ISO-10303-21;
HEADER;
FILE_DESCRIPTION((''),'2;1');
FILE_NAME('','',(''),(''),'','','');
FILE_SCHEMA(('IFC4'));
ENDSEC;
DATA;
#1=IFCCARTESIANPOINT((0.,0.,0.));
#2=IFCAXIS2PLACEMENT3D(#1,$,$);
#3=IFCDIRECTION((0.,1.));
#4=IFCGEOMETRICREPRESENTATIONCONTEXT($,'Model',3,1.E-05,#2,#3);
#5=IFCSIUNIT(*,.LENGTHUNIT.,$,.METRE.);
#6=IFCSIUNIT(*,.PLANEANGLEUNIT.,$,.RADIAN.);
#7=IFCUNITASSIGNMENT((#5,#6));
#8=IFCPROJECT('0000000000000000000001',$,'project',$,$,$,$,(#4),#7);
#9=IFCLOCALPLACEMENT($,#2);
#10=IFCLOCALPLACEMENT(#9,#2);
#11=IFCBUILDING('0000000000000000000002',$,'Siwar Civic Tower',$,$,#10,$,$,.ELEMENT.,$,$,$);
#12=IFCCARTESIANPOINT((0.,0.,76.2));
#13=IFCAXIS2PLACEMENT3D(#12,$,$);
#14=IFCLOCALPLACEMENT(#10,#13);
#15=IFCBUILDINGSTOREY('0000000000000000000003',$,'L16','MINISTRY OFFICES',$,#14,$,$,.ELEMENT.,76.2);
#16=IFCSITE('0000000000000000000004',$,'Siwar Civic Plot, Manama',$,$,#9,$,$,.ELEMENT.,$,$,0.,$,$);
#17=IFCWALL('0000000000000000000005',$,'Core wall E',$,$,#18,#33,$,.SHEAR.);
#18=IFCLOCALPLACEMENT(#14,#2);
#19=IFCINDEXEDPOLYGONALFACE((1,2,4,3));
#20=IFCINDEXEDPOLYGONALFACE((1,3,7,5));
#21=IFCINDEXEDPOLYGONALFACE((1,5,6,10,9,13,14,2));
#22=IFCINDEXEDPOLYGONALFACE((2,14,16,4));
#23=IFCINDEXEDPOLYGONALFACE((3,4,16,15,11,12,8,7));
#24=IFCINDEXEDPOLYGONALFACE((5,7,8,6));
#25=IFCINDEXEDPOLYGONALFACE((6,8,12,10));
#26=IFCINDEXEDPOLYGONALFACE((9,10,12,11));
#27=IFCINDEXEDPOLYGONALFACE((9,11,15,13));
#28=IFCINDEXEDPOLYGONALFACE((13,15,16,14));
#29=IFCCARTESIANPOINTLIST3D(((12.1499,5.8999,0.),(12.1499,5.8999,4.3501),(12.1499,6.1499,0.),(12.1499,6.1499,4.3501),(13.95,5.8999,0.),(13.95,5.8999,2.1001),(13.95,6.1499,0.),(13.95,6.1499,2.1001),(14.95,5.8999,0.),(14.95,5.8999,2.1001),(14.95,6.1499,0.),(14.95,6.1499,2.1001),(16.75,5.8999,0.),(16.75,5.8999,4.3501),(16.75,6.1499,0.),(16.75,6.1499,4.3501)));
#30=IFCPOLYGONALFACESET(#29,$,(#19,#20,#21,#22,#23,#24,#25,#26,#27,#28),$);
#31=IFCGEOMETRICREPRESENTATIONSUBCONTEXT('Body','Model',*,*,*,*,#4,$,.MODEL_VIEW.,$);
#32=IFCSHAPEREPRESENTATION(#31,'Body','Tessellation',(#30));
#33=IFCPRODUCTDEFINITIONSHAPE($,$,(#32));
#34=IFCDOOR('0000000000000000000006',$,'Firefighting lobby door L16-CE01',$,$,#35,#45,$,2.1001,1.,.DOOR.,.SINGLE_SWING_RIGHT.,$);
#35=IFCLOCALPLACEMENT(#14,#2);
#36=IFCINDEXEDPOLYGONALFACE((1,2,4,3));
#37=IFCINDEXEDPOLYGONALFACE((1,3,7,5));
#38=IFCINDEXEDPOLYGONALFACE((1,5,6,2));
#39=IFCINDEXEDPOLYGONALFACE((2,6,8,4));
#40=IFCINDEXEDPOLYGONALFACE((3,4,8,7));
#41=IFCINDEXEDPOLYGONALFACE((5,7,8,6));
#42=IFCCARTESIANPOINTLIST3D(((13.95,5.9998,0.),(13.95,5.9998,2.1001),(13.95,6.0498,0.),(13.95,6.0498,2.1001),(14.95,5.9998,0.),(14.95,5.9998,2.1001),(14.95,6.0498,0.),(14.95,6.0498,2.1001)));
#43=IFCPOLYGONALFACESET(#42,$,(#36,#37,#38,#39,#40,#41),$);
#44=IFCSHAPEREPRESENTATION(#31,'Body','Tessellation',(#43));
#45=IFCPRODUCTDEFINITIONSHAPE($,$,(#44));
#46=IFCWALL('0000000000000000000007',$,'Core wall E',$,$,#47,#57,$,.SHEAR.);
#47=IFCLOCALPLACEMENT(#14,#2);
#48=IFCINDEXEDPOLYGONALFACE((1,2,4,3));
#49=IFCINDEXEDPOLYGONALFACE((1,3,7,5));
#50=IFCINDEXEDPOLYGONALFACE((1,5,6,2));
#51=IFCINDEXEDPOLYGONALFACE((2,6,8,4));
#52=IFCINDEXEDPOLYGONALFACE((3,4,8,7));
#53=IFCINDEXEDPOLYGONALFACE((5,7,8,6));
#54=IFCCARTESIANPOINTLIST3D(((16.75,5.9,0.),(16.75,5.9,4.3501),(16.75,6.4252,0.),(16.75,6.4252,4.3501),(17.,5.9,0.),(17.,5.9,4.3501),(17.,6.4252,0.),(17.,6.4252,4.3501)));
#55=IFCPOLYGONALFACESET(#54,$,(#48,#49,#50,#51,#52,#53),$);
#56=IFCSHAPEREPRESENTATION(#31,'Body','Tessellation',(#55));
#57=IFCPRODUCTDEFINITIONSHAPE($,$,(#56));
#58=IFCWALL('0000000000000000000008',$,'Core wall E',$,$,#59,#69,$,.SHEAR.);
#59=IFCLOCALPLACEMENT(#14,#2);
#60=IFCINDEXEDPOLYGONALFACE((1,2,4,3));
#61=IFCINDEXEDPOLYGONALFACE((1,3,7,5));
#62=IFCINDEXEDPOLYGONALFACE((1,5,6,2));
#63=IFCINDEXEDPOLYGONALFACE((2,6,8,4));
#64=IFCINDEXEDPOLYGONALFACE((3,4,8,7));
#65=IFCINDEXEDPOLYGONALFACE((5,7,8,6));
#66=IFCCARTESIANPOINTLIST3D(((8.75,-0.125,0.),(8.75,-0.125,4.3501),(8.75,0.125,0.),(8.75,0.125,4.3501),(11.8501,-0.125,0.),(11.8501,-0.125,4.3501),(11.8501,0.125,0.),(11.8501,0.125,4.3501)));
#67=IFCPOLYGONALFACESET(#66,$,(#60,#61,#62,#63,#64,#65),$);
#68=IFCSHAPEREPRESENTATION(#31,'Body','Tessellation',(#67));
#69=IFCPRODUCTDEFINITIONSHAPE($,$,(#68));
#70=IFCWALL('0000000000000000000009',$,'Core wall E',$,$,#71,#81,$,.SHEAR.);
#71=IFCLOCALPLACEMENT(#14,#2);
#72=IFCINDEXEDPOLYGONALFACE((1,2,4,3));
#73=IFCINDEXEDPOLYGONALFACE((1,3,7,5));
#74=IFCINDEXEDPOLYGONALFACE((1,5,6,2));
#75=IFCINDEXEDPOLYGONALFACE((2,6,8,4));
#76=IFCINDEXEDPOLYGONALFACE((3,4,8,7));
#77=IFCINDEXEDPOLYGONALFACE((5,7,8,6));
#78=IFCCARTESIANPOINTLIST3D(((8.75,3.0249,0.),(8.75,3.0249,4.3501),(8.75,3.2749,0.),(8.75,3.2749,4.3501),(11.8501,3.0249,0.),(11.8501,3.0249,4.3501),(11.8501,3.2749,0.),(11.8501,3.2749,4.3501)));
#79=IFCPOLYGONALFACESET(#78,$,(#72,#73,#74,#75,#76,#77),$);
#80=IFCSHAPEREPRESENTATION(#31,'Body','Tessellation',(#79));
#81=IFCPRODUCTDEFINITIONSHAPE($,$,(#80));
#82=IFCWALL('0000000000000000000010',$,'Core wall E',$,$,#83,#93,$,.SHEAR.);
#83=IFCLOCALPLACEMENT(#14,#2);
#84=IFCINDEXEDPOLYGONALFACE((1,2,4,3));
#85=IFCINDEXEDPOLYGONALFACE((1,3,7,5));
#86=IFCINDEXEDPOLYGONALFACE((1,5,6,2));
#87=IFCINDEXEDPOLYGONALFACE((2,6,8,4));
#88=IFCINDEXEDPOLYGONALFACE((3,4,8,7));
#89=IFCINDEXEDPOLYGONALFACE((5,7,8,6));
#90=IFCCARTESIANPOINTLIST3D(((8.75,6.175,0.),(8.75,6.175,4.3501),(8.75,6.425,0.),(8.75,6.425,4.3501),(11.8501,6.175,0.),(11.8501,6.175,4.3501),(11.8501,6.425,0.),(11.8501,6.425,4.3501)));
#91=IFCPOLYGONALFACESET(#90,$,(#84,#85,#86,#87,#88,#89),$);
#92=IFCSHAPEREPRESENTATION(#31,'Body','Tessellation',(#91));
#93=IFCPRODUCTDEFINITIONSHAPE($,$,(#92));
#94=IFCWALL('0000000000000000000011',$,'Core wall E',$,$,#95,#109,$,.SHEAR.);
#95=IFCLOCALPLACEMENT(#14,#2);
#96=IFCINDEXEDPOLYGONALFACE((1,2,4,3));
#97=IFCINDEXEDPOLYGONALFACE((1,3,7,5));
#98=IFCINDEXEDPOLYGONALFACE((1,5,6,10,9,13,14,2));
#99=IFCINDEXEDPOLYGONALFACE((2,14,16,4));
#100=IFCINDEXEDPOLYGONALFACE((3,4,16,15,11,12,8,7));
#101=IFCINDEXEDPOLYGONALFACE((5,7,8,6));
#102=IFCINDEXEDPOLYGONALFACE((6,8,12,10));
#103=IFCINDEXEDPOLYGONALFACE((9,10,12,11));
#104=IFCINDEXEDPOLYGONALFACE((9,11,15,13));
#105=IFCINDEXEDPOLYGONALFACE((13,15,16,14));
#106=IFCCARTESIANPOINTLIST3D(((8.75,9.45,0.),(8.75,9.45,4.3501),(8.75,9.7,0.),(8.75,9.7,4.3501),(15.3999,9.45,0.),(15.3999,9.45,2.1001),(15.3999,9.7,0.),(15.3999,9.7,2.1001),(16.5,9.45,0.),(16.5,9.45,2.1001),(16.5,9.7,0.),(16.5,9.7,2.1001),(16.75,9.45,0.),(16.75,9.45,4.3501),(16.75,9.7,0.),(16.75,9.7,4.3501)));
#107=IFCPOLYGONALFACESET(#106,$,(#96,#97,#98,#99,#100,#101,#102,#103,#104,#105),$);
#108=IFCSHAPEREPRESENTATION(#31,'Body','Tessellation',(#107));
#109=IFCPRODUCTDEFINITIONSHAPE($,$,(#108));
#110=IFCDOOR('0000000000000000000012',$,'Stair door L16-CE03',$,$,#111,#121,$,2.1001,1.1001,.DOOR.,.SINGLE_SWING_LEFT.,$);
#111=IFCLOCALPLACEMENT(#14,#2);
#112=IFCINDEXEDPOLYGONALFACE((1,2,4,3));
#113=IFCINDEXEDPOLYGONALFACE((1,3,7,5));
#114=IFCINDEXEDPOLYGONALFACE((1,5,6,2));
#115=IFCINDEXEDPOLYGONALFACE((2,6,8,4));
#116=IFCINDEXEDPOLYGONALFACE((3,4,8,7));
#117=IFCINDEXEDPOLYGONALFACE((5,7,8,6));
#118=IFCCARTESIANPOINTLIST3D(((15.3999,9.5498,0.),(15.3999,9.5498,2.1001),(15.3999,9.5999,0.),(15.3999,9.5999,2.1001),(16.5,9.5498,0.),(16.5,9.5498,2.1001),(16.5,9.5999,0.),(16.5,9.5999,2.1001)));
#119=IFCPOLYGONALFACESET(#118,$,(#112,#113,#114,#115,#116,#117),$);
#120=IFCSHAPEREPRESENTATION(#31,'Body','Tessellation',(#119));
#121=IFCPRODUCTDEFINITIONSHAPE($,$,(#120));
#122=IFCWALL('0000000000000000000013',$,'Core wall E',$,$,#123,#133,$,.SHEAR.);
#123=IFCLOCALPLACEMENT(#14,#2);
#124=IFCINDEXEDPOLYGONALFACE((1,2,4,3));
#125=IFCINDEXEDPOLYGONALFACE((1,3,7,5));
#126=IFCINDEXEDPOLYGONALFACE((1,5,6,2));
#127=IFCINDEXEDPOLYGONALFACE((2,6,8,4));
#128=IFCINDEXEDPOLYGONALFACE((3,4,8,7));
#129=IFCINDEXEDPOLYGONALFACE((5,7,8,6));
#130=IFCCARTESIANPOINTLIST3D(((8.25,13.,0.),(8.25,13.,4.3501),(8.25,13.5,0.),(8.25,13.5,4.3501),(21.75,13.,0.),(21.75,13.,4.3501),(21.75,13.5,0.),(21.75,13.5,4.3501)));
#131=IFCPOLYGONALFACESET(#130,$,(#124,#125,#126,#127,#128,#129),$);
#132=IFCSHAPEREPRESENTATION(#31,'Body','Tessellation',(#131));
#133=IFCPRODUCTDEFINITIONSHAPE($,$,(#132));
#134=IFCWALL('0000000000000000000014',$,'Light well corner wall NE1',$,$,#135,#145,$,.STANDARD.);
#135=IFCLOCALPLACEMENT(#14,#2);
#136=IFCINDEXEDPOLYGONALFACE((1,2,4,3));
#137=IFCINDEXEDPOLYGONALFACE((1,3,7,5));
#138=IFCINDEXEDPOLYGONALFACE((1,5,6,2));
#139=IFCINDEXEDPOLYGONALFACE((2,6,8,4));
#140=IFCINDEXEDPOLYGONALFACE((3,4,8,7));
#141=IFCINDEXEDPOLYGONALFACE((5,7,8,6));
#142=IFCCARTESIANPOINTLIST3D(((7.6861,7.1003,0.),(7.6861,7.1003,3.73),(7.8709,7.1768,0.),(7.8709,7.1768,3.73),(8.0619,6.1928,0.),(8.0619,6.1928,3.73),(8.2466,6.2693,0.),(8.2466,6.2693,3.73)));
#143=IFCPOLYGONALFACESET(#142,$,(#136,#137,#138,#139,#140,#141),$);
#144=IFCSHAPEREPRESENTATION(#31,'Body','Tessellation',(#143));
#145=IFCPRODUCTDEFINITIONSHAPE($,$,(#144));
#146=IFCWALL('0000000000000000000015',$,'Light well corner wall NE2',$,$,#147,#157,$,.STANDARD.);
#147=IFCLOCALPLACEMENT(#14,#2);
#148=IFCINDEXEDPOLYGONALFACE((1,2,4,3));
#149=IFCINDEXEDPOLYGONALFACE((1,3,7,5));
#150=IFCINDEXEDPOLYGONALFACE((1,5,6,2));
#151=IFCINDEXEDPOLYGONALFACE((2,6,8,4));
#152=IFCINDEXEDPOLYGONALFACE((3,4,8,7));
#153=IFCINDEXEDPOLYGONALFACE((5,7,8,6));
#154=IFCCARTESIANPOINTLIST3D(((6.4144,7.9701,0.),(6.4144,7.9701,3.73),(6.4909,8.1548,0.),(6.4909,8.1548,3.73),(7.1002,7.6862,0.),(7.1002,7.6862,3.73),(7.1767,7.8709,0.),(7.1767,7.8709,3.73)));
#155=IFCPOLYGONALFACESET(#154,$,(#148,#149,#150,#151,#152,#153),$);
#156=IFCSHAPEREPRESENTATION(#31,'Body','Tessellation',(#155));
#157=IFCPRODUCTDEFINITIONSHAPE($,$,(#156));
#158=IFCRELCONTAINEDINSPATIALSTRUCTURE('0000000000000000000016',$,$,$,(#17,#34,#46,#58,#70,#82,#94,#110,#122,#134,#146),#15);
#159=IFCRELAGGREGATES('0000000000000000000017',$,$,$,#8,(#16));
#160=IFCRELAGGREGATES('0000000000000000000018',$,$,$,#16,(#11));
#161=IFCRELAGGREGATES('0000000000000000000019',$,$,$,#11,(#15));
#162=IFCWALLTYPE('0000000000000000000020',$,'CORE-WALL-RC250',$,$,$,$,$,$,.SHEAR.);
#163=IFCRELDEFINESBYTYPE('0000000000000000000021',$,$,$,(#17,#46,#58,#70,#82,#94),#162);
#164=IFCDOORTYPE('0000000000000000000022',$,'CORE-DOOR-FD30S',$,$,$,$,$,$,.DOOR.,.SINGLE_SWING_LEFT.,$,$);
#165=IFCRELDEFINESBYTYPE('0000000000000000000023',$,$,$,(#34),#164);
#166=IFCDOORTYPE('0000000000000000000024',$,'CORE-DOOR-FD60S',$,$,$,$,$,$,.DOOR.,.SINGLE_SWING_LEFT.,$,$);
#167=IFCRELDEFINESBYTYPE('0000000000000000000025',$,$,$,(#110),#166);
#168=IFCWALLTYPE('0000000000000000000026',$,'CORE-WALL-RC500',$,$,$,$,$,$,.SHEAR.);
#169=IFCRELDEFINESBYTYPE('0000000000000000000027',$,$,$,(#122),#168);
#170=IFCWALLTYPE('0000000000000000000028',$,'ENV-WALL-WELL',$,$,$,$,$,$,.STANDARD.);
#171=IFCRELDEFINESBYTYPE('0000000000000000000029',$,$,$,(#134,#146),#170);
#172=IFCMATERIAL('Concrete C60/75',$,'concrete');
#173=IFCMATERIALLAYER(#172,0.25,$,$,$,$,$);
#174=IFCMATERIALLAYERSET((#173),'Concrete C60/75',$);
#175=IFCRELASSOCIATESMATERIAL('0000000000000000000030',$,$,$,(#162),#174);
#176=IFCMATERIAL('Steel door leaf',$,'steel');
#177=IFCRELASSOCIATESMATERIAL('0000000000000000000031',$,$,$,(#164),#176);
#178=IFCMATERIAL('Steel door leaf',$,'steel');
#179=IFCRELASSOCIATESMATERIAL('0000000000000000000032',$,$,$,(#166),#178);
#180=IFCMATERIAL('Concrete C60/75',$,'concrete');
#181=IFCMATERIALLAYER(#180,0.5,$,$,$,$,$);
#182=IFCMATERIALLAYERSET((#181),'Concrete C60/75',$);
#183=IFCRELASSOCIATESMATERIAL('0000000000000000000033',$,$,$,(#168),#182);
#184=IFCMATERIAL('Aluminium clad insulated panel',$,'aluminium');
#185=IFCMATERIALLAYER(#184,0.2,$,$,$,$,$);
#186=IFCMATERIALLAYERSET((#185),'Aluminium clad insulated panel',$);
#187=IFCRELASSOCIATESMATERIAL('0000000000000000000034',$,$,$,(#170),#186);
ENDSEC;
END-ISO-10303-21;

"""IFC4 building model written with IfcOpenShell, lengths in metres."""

from ifc_helpers import new_model, si_unit, direction, frame, frame_2d, origin, place, context, subcontext, project, spatial, rectangle, extrude, material, layer, layer_set, type_object, element, fill, save


model = new_model("IFC4")

# Units and contexts
model_context = context("Model", 3, precision=1e-05, world=origin(), true_north=direction((0.0, 1.0)))
body_context = subcontext(model_context, "Body", "Model", "MODEL_VIEW")
ifc_project = project(units=[si_unit("LENGTHUNIT", "METRE"), si_unit("PLANEANGLEUNIT", "RADIAN")], contexts=[model_context])

# Site, building, storey
site_placement = place(None, origin())
site = spatial("IfcSite", under=ifc_project, at=site_placement, Name="Siwar Civic Plot, Manama", CompositionType="ELEMENT", RefElevation=0.0)
building_placement = place(site_placement, origin())
building = spatial("IfcBuilding", under=site, at=building_placement, Name="Siwar Civic Tower", CompositionType="ELEMENT")
storey_placement = place(building_placement, frame((0.0, 0.0, 76.2)))
storey = spatial("IfcBuildingStorey", under=building, at=storey_placement, Name="L16", Description="MINISTRY OFFICES", CompositionType="ELEMENT", Elevation=76.2)

# Wall, opening, door
ifc_material_1 = material(Name="Concrete C60/75", Category="concrete")
ifc_layer_1 = layer(ifc_material_1, 0.25)
ifc_layer_set_1 = layer_set([ifc_layer_1], Name="Concrete C60/75")
wall_type_1 = type_object("IfcWallType", Name="CORE-WALL-RC250", PredefinedType="SHEAR", material=ifc_layer_set_1)
wall_1_placement = place(storey_placement, frame((12.1499, 6.0249, 0.0), z_axis=(0.0, 0.0, 1.0), x_axis=(1.0, 0.0, 0.0)))
wall_1 = element("IfcWall", 1, at=wall_1_placement, inside=storey, type_object=wall_type_1, Name="Core wall E", PredefinedType="SHEAR", context=body_context, shape_type="SweptSolid", body=[
    extrude(rectangle(XDim=4.6001, YDim=0.25, at=frame_2d((2.3, 0.0))), origin(), (0.0, 0.0, 1.0), 4.3501),
])
opening_1_placement = place(wall_1_placement, frame((1.8, 0.0, 0.0)))
opening_1 = element("IfcOpeningElement", 2, at=opening_1_placement, cuts=wall_1, PredefinedType="OPENING", context=body_context, shape_type="SweptSolid", body=[
    extrude(rectangle(XDim=1.0, YDim=2.1001, at=frame_2d((0.5, 1.05))), frame((0.0, 0.135, 0.0), z_axis=(0.0, -1.0, 0.0), x_axis=(1.0, 0.0, 0.0)), (0.0, 0.0, 1.0), 0.27),
])
ifc_material_2 = material(Name="Steel door leaf", Category="steel")
door_type_1 = type_object("IfcDoorType", Name="CORE-DOOR-FD30S", OperationType="SINGLE_SWING_LEFT", PredefinedType="DOOR", material=ifc_material_2)
door_1_placement = place(opening_1_placement, origin())
door_1 = element("IfcDoor", 3, at=door_1_placement, inside=storey, type_object=door_type_1, Name="Firefighting lobby door L16-CE01", OperationType="SINGLE_SWING_RIGHT", OverallHeight=2.1001, OverallWidth=1.0, PredefinedType="DOOR", context=body_context, shape_type="SweptSolid", body=[
    extrude(rectangle(XDim=1.0, YDim=2.1001, at=frame_2d((0.5, 1.05))), frame((0.0, 0.0249, 0.0), z_axis=(0.0, -1.0, 0.0), x_axis=(1.0, 0.0, 0.0)), (0.0, 0.0, 1.0), 0.05),
])
fill(opening_1, door_1)

# Walls
wall_2_placement = place(storey_placement, frame((16.875, 5.8999, 0.0), z_axis=(0.0, 0.0, 1.0), x_axis=(0.0, 1.0, 0.0)))
element("IfcWall", 4, at=wall_2_placement, inside=storey, type_object=wall_type_1, Name="Core wall E", PredefinedType="SHEAR", context=body_context, shape_type="SweptSolid", body=[
    extrude(rectangle(XDim=0.5251, YDim=0.25, at=frame_2d((0.2627, 0.0))), origin(), (0.0, 0.0, 1.0), 4.3501),
])
for number, where, z_axis, x_axis, name in (
    (5, (8.75, 0.0, 0.0), (0.0, 0.0, 1.0), (1.0, 0.0, 0.0), "Core wall E"),
    (6, (8.75, 3.1499, 0.0), (0.0, 0.0, 1.0), (1.0, 0.0, 0.0), "Core wall E"),
    (7, (8.75, 6.3, 0.0), (0.0, 0.0, 1.0), (1.0, 0.0, 0.0), "Core wall E"),
):
    element("IfcWall", number, at=place(storey_placement, frame(where, z_axis=z_axis, x_axis=x_axis)), inside=storey, type_object=wall_type_1, Name=name, PredefinedType="SHEAR", context=body_context, shape_type="SweptSolid", body=[
        extrude(rectangle(XDim=3.1001, YDim=0.25, at=frame_2d((1.55, 0.0))), origin(), (0.0, 0.0, 1.0), 4.3501),
    ])

# Wall, opening, door
wall_3_placement = place(storey_placement, frame((8.75, 9.575, 0.0), z_axis=(0.0, 0.0, 1.0), x_axis=(1.0, 0.0, 0.0)))
wall_3 = element("IfcWall", 8, at=wall_3_placement, inside=storey, type_object=wall_type_1, Name="Core wall E", PredefinedType="SHEAR", context=body_context, shape_type="SweptSolid", body=[
    extrude(rectangle(XDim=8.0, YDim=0.25, at=frame_2d((4.0, 0.0))), origin(), (0.0, 0.0, 1.0), 4.3501),
])
opening_2_placement = place(wall_3_placement, frame((6.6499, 0.0, 0.0)))
opening_2 = element("IfcOpeningElement", 9, at=opening_2_placement, cuts=wall_3, PredefinedType="OPENING", context=body_context, shape_type="SweptSolid", body=[
    extrude(rectangle(XDim=1.1001, YDim=2.1001, at=frame_2d((0.55, 1.05))), frame((0.0, 0.135, 0.0), z_axis=(0.0, -1.0, 0.0), x_axis=(1.0, 0.0, 0.0)), (0.0, 0.0, 1.0), 0.27),
])
ifc_material_3 = material(Name="Steel door leaf", Category="steel")
door_type_2 = type_object("IfcDoorType", Name="CORE-DOOR-FD60S", OperationType="SINGLE_SWING_LEFT", PredefinedType="DOOR", material=ifc_material_3)
door_2_placement = place(opening_2_placement, origin())
door_2 = element("IfcDoor", 10, at=door_2_placement, inside=storey, type_object=door_type_2, Name="Stair door L16-CE03", OperationType="SINGLE_SWING_LEFT", OverallHeight=2.1001, OverallWidth=1.1001, PredefinedType="DOOR", context=body_context, shape_type="SweptSolid", body=[
    extrude(rectangle(XDim=1.1001, YDim=2.1001, at=frame_2d((0.55, 1.05))), frame((0.0, 0.0249, 0.0), z_axis=(0.0, -1.0, 0.0), x_axis=(1.0, 0.0, 0.0)), (0.0, 0.0, 1.0), 0.05),
])
fill(opening_2, door_2)

# Walls
ifc_material_4 = material(Name="Concrete C60/75", Category="concrete")
ifc_layer_2 = layer(ifc_material_4, 0.5)
ifc_layer_set_2 = layer_set([ifc_layer_2], Name="Concrete C60/75")
wall_type_2 = type_object("IfcWallType", Name="CORE-WALL-RC500", PredefinedType="SHEAR", material=ifc_layer_set_2)
wall_4_placement = place(storey_placement, frame((8.25, 13.25, 0.0), z_axis=(0.0, 0.0, 1.0), x_axis=(1.0, 0.0, 0.0)))
element("IfcWall", 11, at=wall_4_placement, inside=storey, type_object=wall_type_2, Name="Core wall E", PredefinedType="SHEAR", context=body_context, shape_type="SweptSolid", body=[
    extrude(rectangle(XDim=13.5, YDim=0.5, at=frame_2d((6.75, 0.0))), origin(), (0.0, 0.0, 1.0), 4.3501),
])
ifc_material_5 = material(Name="Aluminium clad insulated panel", Category="aluminium")
ifc_layer_3 = layer(ifc_material_5, 0.2)
ifc_layer_set_3 = layer_set([ifc_layer_3], Name="Aluminium clad insulated panel")
wall_type_3 = type_object("IfcWallType", Name="ENV-WALL-WELL", PredefinedType="STANDARD", material=ifc_layer_set_3)
wall_5_placement = place(storey_placement, frame((8.1543, 6.231, 0.0), z_axis=(0.0, 0.0, 1.0), x_axis=(-0.382549, 0.923935, 0.0)))
element("IfcWall", 12, at=wall_5_placement, inside=storey, type_object=wall_type_3, Name="Light well corner wall NE1", PredefinedType="STANDARD", context=body_context, shape_type="SweptSolid", body=[
    extrude(rectangle(XDim=0.9822, YDim=0.2, at=frame_2d((0.4912, 0.0))), origin(), (0.0, 0.0, 1.0), 3.73),
])
wall_6_placement = place(storey_placement, frame((7.1384, 7.7786, 0.0), z_axis=(0.0, 0.0, 1.0), x_axis=(-0.923941, 0.382536, 0.0)))
element("IfcWall", 13, at=wall_6_placement, inside=storey, type_object=wall_type_3, Name="Light well corner wall NE2", PredefinedType="STANDARD", context=body_context, shape_type="SweptSolid", body=[
    extrude(rectangle(XDim=0.7422, YDim=0.2, at=frame_2d((0.3711, 0.0))), origin(), (0.0, 0.0, 1.0), 3.73),
])

save(model, "model.ifc")
